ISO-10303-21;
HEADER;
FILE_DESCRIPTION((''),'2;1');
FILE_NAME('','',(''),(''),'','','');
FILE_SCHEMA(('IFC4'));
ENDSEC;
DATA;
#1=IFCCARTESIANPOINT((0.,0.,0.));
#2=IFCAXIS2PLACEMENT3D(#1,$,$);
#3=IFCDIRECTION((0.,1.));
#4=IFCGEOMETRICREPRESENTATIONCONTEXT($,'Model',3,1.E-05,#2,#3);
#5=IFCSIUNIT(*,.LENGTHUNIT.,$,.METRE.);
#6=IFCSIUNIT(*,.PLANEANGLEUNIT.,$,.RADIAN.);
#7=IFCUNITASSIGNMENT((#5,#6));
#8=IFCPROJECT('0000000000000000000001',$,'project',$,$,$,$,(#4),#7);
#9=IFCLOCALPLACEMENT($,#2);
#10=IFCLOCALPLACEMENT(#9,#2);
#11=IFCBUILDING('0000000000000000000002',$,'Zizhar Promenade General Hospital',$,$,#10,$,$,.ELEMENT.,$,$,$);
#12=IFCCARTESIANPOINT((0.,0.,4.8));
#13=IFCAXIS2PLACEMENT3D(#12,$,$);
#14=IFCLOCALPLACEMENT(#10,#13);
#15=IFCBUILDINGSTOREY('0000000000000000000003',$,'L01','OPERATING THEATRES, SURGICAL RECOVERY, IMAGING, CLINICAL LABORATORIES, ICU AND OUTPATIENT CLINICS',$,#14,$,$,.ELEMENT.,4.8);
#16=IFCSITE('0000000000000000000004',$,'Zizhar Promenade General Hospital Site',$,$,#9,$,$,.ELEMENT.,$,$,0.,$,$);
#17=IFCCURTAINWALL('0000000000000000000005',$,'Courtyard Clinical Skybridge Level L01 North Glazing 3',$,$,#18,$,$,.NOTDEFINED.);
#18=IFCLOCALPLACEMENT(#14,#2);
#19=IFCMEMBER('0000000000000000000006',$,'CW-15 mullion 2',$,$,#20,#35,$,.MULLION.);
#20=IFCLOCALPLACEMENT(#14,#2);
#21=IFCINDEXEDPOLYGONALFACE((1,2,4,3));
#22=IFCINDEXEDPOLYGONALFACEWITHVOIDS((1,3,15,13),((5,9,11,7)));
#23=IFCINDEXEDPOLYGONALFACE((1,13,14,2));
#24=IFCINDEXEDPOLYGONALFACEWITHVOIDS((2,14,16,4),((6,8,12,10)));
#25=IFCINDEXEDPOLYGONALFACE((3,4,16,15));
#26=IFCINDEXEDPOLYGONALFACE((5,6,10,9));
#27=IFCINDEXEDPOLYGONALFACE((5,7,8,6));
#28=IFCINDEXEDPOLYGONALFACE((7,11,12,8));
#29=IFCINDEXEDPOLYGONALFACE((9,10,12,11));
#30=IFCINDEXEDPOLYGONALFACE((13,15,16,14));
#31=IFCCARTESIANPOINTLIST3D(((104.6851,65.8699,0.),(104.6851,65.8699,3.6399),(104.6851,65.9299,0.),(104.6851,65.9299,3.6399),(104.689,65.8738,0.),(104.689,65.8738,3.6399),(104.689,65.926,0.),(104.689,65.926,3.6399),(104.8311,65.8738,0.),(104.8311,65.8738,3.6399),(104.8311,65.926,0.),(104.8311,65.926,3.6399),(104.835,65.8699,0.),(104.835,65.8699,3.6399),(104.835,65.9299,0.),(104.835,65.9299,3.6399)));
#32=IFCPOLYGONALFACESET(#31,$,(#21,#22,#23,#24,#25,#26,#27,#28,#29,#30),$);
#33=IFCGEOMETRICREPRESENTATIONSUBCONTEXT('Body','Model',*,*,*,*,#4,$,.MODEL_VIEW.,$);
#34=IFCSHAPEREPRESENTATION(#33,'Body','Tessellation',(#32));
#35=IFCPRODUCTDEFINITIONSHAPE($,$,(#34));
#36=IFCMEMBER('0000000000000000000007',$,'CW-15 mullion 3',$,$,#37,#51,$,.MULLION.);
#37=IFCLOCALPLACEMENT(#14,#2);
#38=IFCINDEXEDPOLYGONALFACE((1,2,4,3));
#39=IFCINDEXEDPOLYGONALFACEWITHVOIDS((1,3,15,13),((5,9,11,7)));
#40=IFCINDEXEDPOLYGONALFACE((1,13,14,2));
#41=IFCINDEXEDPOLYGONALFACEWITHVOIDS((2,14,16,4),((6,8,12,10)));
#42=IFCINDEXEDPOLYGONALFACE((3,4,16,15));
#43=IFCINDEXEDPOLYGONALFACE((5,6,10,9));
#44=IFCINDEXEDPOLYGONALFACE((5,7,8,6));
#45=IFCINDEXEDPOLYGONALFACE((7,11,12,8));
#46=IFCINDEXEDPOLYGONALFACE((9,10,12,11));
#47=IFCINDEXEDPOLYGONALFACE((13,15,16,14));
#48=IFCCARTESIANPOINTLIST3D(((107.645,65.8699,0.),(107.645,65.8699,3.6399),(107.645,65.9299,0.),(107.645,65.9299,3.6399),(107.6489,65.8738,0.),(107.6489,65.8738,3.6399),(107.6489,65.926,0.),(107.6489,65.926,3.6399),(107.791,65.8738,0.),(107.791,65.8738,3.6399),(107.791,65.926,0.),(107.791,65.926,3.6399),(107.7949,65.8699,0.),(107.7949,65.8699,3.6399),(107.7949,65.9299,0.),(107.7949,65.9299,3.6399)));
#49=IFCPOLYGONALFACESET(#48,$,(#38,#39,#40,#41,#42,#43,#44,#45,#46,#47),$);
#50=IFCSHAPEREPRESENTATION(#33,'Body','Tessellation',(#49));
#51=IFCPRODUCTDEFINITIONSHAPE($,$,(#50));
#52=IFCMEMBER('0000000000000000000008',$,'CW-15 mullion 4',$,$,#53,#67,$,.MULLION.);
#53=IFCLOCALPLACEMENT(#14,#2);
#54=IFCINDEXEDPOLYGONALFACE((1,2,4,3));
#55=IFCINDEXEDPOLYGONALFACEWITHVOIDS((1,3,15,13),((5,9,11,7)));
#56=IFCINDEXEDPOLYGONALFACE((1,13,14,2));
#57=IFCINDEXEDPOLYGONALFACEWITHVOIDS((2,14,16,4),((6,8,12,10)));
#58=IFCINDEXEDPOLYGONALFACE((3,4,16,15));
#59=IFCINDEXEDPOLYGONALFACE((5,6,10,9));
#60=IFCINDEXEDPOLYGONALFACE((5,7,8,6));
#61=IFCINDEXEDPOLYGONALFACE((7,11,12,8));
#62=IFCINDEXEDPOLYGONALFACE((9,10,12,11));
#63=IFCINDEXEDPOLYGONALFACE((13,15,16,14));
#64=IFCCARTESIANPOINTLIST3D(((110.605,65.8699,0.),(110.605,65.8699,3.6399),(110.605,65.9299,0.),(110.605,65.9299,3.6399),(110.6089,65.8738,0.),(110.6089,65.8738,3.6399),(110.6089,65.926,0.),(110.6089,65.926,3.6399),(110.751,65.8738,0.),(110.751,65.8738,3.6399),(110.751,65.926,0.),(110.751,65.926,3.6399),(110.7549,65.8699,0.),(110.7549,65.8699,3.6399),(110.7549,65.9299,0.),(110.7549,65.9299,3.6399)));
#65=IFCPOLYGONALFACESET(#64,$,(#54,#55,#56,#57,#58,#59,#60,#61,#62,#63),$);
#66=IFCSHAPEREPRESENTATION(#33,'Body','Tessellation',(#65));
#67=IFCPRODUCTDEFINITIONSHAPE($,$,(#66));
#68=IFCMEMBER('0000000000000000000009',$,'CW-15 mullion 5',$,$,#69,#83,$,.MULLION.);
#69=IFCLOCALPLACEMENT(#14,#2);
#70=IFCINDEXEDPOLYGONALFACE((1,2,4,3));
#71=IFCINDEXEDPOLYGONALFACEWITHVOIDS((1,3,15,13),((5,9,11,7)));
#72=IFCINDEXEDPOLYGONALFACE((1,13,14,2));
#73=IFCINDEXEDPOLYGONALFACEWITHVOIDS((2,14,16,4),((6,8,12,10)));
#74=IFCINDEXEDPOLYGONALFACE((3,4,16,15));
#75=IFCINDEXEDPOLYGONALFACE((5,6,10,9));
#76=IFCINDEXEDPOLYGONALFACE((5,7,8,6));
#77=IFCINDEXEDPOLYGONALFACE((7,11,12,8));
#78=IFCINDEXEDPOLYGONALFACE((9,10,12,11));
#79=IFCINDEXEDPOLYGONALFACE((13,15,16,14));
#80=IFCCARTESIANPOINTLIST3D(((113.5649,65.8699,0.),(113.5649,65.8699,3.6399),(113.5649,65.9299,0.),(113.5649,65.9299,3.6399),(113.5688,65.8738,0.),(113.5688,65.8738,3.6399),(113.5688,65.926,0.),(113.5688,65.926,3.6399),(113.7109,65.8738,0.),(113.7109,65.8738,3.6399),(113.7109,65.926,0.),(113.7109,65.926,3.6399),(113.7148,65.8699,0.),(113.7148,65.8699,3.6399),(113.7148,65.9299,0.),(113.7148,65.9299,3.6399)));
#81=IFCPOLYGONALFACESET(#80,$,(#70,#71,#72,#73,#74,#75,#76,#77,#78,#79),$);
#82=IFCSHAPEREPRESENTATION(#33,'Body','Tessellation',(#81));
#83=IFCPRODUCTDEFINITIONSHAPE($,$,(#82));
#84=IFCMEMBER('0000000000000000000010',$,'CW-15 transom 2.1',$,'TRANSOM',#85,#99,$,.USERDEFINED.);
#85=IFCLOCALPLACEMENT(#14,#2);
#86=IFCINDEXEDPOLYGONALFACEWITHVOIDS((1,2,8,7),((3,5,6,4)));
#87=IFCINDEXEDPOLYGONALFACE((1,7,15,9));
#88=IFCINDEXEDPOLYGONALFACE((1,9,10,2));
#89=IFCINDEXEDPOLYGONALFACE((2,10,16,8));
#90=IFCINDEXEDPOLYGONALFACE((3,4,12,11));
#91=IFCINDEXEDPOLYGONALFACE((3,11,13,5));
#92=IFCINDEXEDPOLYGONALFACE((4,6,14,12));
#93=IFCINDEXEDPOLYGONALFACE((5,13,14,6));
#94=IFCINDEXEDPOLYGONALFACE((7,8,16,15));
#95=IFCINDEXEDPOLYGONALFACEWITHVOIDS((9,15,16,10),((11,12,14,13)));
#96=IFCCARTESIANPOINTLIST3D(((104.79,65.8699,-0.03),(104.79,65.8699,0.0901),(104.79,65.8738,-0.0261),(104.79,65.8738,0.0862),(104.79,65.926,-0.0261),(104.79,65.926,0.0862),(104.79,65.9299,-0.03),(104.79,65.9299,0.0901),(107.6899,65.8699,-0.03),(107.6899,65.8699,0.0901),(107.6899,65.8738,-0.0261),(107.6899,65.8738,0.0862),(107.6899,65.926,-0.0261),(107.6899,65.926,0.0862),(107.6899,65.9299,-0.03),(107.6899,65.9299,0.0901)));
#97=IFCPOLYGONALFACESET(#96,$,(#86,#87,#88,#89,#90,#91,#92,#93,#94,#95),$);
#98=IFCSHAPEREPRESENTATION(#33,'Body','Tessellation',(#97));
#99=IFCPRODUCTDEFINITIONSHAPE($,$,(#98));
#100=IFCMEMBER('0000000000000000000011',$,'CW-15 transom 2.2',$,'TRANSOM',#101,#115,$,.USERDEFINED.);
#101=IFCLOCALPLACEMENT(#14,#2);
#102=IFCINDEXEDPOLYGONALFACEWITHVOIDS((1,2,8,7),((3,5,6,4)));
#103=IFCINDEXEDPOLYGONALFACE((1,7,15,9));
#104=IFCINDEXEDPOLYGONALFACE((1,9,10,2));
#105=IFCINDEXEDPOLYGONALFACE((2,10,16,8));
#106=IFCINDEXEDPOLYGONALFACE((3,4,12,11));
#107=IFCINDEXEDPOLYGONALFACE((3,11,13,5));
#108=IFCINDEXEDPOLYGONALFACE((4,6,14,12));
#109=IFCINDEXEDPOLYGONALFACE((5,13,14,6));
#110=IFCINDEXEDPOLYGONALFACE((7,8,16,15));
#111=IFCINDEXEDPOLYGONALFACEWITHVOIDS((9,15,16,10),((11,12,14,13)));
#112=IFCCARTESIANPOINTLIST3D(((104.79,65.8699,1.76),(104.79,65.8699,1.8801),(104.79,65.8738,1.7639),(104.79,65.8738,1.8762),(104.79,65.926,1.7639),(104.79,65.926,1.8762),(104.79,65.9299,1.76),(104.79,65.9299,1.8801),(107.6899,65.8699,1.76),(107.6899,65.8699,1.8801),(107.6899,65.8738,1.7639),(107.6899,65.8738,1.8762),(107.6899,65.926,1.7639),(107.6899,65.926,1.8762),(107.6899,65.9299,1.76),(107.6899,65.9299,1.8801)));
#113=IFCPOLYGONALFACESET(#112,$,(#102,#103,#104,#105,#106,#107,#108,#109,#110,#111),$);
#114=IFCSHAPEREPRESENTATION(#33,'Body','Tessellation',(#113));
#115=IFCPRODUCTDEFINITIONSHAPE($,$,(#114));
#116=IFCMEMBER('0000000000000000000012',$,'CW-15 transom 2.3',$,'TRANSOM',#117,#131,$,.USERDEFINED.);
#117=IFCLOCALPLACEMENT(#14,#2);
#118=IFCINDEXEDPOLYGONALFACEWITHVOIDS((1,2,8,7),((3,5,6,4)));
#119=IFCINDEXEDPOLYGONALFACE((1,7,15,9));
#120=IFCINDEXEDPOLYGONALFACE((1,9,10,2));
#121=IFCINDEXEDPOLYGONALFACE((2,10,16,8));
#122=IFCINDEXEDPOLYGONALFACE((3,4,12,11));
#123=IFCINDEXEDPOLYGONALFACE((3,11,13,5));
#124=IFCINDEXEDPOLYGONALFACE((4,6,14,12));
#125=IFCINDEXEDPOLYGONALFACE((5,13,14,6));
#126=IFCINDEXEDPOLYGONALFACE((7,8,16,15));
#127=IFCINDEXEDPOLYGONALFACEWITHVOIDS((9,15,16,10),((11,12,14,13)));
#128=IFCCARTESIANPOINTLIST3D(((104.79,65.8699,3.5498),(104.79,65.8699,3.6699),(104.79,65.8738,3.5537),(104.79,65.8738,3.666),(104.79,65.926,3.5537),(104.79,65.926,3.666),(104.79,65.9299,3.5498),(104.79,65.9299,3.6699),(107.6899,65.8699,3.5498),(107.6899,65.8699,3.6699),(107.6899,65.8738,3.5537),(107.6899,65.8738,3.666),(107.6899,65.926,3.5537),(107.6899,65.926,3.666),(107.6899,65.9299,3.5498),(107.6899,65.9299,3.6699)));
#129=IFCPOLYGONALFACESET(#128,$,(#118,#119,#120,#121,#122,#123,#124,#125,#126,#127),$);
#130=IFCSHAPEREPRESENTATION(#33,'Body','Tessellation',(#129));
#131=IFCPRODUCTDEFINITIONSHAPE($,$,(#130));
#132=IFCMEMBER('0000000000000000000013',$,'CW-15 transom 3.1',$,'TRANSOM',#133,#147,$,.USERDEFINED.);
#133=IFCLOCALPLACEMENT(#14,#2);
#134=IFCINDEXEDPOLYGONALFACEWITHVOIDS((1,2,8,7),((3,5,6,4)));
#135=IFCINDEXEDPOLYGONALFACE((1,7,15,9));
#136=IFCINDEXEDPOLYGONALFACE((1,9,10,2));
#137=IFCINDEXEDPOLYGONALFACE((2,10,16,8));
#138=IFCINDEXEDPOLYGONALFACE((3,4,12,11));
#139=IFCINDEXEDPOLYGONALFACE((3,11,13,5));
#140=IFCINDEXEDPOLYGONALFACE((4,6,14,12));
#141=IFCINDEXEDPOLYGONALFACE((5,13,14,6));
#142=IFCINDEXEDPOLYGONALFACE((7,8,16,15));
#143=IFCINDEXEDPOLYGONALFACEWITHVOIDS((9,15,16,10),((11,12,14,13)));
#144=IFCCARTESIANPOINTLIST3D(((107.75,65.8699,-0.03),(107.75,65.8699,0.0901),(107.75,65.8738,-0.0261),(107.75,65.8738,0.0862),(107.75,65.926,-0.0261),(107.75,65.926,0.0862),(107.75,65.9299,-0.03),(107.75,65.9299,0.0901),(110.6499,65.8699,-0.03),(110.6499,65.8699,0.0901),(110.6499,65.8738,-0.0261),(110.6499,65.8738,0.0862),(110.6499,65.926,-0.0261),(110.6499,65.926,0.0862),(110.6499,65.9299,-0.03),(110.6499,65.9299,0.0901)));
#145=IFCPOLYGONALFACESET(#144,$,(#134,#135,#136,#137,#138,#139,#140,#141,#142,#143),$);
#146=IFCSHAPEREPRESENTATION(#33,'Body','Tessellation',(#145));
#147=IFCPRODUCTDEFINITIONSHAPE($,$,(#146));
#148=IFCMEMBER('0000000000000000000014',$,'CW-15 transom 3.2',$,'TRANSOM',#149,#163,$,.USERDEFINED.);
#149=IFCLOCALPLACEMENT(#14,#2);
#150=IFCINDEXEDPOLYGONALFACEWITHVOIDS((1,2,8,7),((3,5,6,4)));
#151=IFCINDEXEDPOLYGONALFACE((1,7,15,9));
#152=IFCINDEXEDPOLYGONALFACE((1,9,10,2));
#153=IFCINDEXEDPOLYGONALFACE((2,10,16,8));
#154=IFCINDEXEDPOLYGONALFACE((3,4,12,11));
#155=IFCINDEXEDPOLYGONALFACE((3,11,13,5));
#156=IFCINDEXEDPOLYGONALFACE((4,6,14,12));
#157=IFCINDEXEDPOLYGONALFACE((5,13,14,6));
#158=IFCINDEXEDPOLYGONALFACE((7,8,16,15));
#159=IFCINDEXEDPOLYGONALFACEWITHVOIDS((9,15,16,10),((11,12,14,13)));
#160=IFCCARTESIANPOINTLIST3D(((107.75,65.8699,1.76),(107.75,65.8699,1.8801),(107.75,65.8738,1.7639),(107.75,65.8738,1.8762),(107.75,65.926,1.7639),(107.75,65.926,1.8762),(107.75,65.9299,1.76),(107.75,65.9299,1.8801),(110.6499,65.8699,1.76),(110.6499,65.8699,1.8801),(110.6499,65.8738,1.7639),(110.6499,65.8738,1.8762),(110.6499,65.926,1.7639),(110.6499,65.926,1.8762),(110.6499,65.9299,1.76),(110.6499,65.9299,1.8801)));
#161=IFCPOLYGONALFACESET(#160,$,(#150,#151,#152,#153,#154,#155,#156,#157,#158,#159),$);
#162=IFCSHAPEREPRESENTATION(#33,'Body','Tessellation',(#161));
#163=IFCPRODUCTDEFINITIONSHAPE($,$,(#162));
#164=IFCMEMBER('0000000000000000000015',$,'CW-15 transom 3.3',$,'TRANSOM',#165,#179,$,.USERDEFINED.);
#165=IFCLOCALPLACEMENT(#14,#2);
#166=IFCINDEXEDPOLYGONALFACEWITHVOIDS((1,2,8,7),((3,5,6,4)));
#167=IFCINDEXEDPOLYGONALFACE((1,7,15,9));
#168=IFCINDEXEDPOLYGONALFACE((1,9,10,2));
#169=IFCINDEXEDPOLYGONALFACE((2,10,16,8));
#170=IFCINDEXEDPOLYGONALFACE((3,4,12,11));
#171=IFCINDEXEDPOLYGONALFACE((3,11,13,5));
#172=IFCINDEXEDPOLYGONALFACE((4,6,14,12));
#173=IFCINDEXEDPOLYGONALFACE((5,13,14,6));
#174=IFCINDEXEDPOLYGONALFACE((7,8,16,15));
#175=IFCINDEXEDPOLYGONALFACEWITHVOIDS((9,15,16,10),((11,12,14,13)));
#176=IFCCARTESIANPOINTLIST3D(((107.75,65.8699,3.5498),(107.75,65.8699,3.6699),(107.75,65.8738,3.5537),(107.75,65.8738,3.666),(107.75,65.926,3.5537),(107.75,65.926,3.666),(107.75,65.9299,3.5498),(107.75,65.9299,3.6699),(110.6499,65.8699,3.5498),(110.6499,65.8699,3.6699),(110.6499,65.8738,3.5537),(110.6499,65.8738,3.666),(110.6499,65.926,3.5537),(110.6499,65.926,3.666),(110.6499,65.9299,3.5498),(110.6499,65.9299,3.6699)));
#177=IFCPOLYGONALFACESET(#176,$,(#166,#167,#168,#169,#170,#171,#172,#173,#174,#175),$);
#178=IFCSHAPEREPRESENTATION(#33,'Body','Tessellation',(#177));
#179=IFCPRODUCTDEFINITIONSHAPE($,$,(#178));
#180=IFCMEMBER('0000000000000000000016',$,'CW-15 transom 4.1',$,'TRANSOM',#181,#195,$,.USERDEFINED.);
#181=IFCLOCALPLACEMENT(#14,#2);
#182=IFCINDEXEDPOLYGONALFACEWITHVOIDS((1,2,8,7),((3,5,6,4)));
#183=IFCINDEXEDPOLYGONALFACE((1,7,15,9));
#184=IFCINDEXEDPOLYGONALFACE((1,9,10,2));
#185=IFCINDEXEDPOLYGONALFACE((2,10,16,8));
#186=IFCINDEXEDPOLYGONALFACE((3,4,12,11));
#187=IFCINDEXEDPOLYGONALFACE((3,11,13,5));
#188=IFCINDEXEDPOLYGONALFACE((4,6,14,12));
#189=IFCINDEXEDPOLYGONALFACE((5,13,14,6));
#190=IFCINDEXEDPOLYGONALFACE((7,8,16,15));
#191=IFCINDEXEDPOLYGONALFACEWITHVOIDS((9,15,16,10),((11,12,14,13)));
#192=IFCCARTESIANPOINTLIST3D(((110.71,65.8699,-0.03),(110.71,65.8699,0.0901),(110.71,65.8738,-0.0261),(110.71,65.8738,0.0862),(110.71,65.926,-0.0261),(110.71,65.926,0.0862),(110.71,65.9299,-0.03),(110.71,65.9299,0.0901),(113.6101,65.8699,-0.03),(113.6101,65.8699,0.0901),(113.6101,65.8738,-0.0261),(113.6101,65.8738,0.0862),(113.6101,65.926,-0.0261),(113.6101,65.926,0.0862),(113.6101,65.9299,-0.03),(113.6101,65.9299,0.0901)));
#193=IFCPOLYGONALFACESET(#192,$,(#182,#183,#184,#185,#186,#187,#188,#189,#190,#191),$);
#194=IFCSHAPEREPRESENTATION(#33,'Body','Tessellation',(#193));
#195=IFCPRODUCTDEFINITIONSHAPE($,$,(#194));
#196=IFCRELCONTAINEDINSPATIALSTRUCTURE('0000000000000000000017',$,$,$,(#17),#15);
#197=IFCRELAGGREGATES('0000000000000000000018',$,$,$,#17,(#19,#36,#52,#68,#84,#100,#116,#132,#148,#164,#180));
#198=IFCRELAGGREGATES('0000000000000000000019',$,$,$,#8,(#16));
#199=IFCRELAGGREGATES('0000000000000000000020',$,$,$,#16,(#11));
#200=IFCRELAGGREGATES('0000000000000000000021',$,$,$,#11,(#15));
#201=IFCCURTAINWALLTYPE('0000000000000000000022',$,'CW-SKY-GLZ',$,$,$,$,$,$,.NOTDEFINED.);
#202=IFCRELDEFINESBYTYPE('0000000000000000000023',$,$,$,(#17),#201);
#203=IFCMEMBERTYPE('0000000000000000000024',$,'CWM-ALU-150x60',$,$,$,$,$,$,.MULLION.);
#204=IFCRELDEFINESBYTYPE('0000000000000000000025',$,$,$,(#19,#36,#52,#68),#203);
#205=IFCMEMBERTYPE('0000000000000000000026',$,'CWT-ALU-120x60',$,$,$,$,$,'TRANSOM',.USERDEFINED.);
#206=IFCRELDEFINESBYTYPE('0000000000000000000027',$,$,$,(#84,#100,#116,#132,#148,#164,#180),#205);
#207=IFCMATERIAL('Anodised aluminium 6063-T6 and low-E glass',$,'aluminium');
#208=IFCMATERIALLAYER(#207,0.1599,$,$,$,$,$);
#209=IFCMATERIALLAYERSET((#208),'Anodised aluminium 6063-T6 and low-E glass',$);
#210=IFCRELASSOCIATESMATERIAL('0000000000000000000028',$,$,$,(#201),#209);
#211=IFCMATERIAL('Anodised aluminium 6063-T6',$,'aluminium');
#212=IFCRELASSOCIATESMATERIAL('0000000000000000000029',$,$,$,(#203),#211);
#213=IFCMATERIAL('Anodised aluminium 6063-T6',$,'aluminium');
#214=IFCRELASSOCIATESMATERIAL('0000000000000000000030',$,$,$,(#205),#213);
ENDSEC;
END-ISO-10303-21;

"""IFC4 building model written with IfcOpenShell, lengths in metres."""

from ifc_helpers import new_model, si_unit, direction, frame, origin, origin_2d, place, context, subcontext, project, spatial, hollow_rectangle, extrude, material, layer, layer_set, material_profile, profile_set, type_object, element, aggregate, save


model = new_model("IFC4")

# Units and contexts
model_context = context("Model", 3, precision=1e-05, world=origin(), true_north=direction((0.0, 1.0)))
body_context = subcontext(model_context, "Body", "Model", "MODEL_VIEW")
ifc_project = project(units=[si_unit("LENGTHUNIT", "METRE"), si_unit("PLANEANGLEUNIT", "RADIAN")], contexts=[model_context])

# Site, building, storey
site_placement = place(None, origin())
site = spatial("IfcSite", under=ifc_project, at=site_placement, Name="Zizhar Promenade General Hospital Site", CompositionType="ELEMENT", RefElevation=0.0)
building_placement = place(site_placement, origin())
building = spatial("IfcBuilding", under=site, at=building_placement, Name="Zizhar Promenade General Hospital", CompositionType="ELEMENT")
storey_placement = place(building_placement, frame((0.0, 0.0, 4.8)))
storey = spatial("IfcBuildingStorey", under=building, at=storey_placement, Name="L01", Description="OPERATING THEATRES, SURGICAL RECOVERY, IMAGING, CLINICAL LABORATORIES, ICU AND OUTPATIENT CLINICS", CompositionType="ELEMENT", Elevation=4.8)

# Curtain wall, members
ifc_material_1 = material(Name="Anodised aluminium 6063-T6 and low-E glass", Category="aluminium")
ifc_layer_1 = layer(ifc_material_1, 0.1599)
ifc_layer_set_1 = layer_set([ifc_layer_1], Name="Anodised aluminium 6063-T6 and low-E glass")
curtain_wall_type = type_object("IfcCurtainWallType", Name="CW-SKY-GLZ", PredefinedType="NOTDEFINED", material=ifc_layer_set_1)
curtain_wall_placement = place(storey_placement, origin())
curtain_wall = element("IfcCurtainWall", 1, at=curtain_wall_placement, inside=storey, type_object=curtain_wall_type, Name="Courtyard Clinical Skybridge Level L01 North Glazing 3", PredefinedType="NOTDEFINED")
ifc_material_2 = material(Name="Anodised aluminium 6063-T6", Category="aluminium")
ifc_material_profile_1 = material_profile(ifc_material_2, hollow_rectangle(XDim=0.0601, YDim=0.1499, WallThickness=0.0039, at=origin_2d()))
ifc_profile_set_1 = profile_set([ifc_material_profile_1], Name="Anodised aluminium 6063-T6")
member_type_1 = type_object("IfcMemberType", Name="CWM-ALU-150x60", PredefinedType="MULLION", material=ifc_profile_set_1)
member_1_placement = place(storey_placement, frame((104.76, 65.8999, 0.0), z_axis=(0.0, 0.0, 1.0), x_axis=(0.0, 1.0, 0.0)))
member_1 = element("IfcMember", 2, at=member_1_placement, type_object=member_type_1, Name="CW-15 mullion 2", PredefinedType="MULLION", context=body_context, shape_type="SweptSolid", body=[
    extrude(hollow_rectangle(XDim=0.0601, YDim=0.1499, WallThickness=0.0039, at=origin_2d()), origin(), (0.0, 0.0, 1.0), 3.6399),
])
member_2_placement = place(storey_placement, frame((107.72, 65.8999, 0.0), z_axis=(0.0, 0.0, 1.0), x_axis=(0.0, 1.0, 0.0)))
member_2 = element("IfcMember", 3, at=member_2_placement, type_object=member_type_1, Name="CW-15 mullion 3", PredefinedType="MULLION", context=body_context, shape_type="SweptSolid", body=[
    extrude(hollow_rectangle(XDim=0.0601, YDim=0.1499, WallThickness=0.0039, at=origin_2d()), origin(), (0.0, 0.0, 1.0), 3.6399),
])
member_3_placement = place(storey_placement, frame((110.6799, 65.8999, 0.0), z_axis=(0.0, 0.0, 1.0), x_axis=(0.0, 1.0, 0.0)))
member_3 = element("IfcMember", 4, at=member_3_placement, type_object=member_type_1, Name="CW-15 mullion 4", PredefinedType="MULLION", context=body_context, shape_type="SweptSolid", body=[
    extrude(hollow_rectangle(XDim=0.0601, YDim=0.1499, WallThickness=0.0039, at=origin_2d()), origin(), (0.0, 0.0, 1.0), 3.6399),
])
member_4_placement = place(storey_placement, frame((113.6399, 65.8999, 0.0), z_axis=(0.0, 0.0, 1.0), x_axis=(0.0, 1.0, 0.0)))
member_4 = element("IfcMember", 5, at=member_4_placement, type_object=member_type_1, Name="CW-15 mullion 5", PredefinedType="MULLION", context=body_context, shape_type="SweptSolid", body=[
    extrude(hollow_rectangle(XDim=0.0601, YDim=0.1499, WallThickness=0.0039, at=origin_2d()), origin(), (0.0, 0.0, 1.0), 3.6399),
])
ifc_material_3 = material(Name="Anodised aluminium 6063-T6", Category="aluminium")
ifc_material_profile_2 = material_profile(ifc_material_3, hollow_rectangle(XDim=0.0601, YDim=0.1201, WallThickness=0.0039, at=origin_2d()))
ifc_profile_set_2 = profile_set([ifc_material_profile_2], Name="Anodised aluminium 6063-T6")
member_type_2 = type_object("IfcMemberType", Name="CWT-ALU-120x60", ElementType="TRANSOM", PredefinedType="USERDEFINED", material=ifc_profile_set_2)
member_5_placement = place(storey_placement, frame((104.79, 65.8999, 0.03), z_axis=(1.0, 0.0, 0.0), x_axis=(0.0, 1.0, 0.0)))
member_5 = element("IfcMember", 6, at=member_5_placement, type_object=member_type_2, Name="CW-15 transom 2.1", ObjectType="TRANSOM", PredefinedType="USERDEFINED", context=body_context, shape_type="SweptSolid", body=[
    extrude(hollow_rectangle(XDim=0.0601, YDim=0.1201, WallThickness=0.0039, at=origin_2d()), origin(), (0.0, 0.0, 1.0), 2.8999),
])
member_6_placement = place(storey_placement, frame((104.79, 65.8999, 1.8201), z_axis=(1.0, 0.0, 0.0), x_axis=(0.0, 1.0, 0.0)))
member_6 = element("IfcMember", 7, at=member_6_placement, type_object=member_type_2, Name="CW-15 transom 2.2", ObjectType="TRANSOM", PredefinedType="USERDEFINED", context=body_context, shape_type="SweptSolid", body=[
    extrude(hollow_rectangle(XDim=0.0601, YDim=0.1201, WallThickness=0.0039, at=origin_2d()), origin(), (0.0, 0.0, 1.0), 2.8999),
])
member_7_placement = place(storey_placement, frame((104.79, 65.8999, 3.6099), z_axis=(1.0, 0.0, 0.0), x_axis=(0.0, 1.0, 0.0)))
member_7 = element("IfcMember", 8, at=member_7_placement, type_object=member_type_2, Name="CW-15 transom 2.3", ObjectType="TRANSOM", PredefinedType="USERDEFINED", context=body_context, shape_type="SweptSolid", body=[
    extrude(hollow_rectangle(XDim=0.0601, YDim=0.1201, WallThickness=0.0039, at=origin_2d()), origin(), (0.0, 0.0, 1.0), 2.8999),
])
member_8_placement = place(storey_placement, frame((107.75, 65.8999, 0.03), z_axis=(1.0, 0.0, 0.0), x_axis=(0.0, 1.0, 0.0)))
member_8 = element("IfcMember", 9, at=member_8_placement, type_object=member_type_2, Name="CW-15 transom 3.1", ObjectType="TRANSOM", PredefinedType="USERDEFINED", context=body_context, shape_type="SweptSolid", body=[
    extrude(hollow_rectangle(XDim=0.0601, YDim=0.1201, WallThickness=0.0039, at=origin_2d()), origin(), (0.0, 0.0, 1.0), 2.8999),
])
member_9_placement = place(storey_placement, frame((107.75, 65.8999, 1.8201), z_axis=(1.0, 0.0, 0.0), x_axis=(0.0, 1.0, 0.0)))
member_9 = element("IfcMember", 10, at=member_9_placement, type_object=member_type_2, Name="CW-15 transom 3.2", ObjectType="TRANSOM", PredefinedType="USERDEFINED", context=body_context, shape_type="SweptSolid", body=[
    extrude(hollow_rectangle(XDim=0.0601, YDim=0.1201, WallThickness=0.0039, at=origin_2d()), origin(), (0.0, 0.0, 1.0), 2.8999),
])
member_10_placement = place(storey_placement, frame((107.75, 65.8999, 3.6099), z_axis=(1.0, 0.0, 0.0), x_axis=(0.0, 1.0, 0.0)))
member_10 = element("IfcMember", 11, at=member_10_placement, type_object=member_type_2, Name="CW-15 transom 3.3", ObjectType="TRANSOM", PredefinedType="USERDEFINED", context=body_context, shape_type="SweptSolid", body=[
    extrude(hollow_rectangle(XDim=0.0601, YDim=0.1201, WallThickness=0.0039, at=origin_2d()), origin(), (0.0, 0.0, 1.0), 2.8999),
])
member_11_placement = place(storey_placement, frame((110.71, 65.8999, 0.03), z_axis=(1.0, 0.0, 0.0), x_axis=(0.0, 1.0, 0.0)))
member_11 = element("IfcMember", 12, at=member_11_placement, type_object=member_type_2, Name="CW-15 transom 4.1", ObjectType="TRANSOM", PredefinedType="USERDEFINED", context=body_context, shape_type="SweptSolid", body=[
    extrude(hollow_rectangle(XDim=0.0601, YDim=0.1201, WallThickness=0.0039, at=origin_2d()), origin(), (0.0, 0.0, 1.0), 2.9001),
])

aggregate(curtain_wall, [member_1, member_2, member_3, member_4, member_5, member_6, member_7, member_8, member_9, member_10, member_11])

save(model, "model.ifc")
